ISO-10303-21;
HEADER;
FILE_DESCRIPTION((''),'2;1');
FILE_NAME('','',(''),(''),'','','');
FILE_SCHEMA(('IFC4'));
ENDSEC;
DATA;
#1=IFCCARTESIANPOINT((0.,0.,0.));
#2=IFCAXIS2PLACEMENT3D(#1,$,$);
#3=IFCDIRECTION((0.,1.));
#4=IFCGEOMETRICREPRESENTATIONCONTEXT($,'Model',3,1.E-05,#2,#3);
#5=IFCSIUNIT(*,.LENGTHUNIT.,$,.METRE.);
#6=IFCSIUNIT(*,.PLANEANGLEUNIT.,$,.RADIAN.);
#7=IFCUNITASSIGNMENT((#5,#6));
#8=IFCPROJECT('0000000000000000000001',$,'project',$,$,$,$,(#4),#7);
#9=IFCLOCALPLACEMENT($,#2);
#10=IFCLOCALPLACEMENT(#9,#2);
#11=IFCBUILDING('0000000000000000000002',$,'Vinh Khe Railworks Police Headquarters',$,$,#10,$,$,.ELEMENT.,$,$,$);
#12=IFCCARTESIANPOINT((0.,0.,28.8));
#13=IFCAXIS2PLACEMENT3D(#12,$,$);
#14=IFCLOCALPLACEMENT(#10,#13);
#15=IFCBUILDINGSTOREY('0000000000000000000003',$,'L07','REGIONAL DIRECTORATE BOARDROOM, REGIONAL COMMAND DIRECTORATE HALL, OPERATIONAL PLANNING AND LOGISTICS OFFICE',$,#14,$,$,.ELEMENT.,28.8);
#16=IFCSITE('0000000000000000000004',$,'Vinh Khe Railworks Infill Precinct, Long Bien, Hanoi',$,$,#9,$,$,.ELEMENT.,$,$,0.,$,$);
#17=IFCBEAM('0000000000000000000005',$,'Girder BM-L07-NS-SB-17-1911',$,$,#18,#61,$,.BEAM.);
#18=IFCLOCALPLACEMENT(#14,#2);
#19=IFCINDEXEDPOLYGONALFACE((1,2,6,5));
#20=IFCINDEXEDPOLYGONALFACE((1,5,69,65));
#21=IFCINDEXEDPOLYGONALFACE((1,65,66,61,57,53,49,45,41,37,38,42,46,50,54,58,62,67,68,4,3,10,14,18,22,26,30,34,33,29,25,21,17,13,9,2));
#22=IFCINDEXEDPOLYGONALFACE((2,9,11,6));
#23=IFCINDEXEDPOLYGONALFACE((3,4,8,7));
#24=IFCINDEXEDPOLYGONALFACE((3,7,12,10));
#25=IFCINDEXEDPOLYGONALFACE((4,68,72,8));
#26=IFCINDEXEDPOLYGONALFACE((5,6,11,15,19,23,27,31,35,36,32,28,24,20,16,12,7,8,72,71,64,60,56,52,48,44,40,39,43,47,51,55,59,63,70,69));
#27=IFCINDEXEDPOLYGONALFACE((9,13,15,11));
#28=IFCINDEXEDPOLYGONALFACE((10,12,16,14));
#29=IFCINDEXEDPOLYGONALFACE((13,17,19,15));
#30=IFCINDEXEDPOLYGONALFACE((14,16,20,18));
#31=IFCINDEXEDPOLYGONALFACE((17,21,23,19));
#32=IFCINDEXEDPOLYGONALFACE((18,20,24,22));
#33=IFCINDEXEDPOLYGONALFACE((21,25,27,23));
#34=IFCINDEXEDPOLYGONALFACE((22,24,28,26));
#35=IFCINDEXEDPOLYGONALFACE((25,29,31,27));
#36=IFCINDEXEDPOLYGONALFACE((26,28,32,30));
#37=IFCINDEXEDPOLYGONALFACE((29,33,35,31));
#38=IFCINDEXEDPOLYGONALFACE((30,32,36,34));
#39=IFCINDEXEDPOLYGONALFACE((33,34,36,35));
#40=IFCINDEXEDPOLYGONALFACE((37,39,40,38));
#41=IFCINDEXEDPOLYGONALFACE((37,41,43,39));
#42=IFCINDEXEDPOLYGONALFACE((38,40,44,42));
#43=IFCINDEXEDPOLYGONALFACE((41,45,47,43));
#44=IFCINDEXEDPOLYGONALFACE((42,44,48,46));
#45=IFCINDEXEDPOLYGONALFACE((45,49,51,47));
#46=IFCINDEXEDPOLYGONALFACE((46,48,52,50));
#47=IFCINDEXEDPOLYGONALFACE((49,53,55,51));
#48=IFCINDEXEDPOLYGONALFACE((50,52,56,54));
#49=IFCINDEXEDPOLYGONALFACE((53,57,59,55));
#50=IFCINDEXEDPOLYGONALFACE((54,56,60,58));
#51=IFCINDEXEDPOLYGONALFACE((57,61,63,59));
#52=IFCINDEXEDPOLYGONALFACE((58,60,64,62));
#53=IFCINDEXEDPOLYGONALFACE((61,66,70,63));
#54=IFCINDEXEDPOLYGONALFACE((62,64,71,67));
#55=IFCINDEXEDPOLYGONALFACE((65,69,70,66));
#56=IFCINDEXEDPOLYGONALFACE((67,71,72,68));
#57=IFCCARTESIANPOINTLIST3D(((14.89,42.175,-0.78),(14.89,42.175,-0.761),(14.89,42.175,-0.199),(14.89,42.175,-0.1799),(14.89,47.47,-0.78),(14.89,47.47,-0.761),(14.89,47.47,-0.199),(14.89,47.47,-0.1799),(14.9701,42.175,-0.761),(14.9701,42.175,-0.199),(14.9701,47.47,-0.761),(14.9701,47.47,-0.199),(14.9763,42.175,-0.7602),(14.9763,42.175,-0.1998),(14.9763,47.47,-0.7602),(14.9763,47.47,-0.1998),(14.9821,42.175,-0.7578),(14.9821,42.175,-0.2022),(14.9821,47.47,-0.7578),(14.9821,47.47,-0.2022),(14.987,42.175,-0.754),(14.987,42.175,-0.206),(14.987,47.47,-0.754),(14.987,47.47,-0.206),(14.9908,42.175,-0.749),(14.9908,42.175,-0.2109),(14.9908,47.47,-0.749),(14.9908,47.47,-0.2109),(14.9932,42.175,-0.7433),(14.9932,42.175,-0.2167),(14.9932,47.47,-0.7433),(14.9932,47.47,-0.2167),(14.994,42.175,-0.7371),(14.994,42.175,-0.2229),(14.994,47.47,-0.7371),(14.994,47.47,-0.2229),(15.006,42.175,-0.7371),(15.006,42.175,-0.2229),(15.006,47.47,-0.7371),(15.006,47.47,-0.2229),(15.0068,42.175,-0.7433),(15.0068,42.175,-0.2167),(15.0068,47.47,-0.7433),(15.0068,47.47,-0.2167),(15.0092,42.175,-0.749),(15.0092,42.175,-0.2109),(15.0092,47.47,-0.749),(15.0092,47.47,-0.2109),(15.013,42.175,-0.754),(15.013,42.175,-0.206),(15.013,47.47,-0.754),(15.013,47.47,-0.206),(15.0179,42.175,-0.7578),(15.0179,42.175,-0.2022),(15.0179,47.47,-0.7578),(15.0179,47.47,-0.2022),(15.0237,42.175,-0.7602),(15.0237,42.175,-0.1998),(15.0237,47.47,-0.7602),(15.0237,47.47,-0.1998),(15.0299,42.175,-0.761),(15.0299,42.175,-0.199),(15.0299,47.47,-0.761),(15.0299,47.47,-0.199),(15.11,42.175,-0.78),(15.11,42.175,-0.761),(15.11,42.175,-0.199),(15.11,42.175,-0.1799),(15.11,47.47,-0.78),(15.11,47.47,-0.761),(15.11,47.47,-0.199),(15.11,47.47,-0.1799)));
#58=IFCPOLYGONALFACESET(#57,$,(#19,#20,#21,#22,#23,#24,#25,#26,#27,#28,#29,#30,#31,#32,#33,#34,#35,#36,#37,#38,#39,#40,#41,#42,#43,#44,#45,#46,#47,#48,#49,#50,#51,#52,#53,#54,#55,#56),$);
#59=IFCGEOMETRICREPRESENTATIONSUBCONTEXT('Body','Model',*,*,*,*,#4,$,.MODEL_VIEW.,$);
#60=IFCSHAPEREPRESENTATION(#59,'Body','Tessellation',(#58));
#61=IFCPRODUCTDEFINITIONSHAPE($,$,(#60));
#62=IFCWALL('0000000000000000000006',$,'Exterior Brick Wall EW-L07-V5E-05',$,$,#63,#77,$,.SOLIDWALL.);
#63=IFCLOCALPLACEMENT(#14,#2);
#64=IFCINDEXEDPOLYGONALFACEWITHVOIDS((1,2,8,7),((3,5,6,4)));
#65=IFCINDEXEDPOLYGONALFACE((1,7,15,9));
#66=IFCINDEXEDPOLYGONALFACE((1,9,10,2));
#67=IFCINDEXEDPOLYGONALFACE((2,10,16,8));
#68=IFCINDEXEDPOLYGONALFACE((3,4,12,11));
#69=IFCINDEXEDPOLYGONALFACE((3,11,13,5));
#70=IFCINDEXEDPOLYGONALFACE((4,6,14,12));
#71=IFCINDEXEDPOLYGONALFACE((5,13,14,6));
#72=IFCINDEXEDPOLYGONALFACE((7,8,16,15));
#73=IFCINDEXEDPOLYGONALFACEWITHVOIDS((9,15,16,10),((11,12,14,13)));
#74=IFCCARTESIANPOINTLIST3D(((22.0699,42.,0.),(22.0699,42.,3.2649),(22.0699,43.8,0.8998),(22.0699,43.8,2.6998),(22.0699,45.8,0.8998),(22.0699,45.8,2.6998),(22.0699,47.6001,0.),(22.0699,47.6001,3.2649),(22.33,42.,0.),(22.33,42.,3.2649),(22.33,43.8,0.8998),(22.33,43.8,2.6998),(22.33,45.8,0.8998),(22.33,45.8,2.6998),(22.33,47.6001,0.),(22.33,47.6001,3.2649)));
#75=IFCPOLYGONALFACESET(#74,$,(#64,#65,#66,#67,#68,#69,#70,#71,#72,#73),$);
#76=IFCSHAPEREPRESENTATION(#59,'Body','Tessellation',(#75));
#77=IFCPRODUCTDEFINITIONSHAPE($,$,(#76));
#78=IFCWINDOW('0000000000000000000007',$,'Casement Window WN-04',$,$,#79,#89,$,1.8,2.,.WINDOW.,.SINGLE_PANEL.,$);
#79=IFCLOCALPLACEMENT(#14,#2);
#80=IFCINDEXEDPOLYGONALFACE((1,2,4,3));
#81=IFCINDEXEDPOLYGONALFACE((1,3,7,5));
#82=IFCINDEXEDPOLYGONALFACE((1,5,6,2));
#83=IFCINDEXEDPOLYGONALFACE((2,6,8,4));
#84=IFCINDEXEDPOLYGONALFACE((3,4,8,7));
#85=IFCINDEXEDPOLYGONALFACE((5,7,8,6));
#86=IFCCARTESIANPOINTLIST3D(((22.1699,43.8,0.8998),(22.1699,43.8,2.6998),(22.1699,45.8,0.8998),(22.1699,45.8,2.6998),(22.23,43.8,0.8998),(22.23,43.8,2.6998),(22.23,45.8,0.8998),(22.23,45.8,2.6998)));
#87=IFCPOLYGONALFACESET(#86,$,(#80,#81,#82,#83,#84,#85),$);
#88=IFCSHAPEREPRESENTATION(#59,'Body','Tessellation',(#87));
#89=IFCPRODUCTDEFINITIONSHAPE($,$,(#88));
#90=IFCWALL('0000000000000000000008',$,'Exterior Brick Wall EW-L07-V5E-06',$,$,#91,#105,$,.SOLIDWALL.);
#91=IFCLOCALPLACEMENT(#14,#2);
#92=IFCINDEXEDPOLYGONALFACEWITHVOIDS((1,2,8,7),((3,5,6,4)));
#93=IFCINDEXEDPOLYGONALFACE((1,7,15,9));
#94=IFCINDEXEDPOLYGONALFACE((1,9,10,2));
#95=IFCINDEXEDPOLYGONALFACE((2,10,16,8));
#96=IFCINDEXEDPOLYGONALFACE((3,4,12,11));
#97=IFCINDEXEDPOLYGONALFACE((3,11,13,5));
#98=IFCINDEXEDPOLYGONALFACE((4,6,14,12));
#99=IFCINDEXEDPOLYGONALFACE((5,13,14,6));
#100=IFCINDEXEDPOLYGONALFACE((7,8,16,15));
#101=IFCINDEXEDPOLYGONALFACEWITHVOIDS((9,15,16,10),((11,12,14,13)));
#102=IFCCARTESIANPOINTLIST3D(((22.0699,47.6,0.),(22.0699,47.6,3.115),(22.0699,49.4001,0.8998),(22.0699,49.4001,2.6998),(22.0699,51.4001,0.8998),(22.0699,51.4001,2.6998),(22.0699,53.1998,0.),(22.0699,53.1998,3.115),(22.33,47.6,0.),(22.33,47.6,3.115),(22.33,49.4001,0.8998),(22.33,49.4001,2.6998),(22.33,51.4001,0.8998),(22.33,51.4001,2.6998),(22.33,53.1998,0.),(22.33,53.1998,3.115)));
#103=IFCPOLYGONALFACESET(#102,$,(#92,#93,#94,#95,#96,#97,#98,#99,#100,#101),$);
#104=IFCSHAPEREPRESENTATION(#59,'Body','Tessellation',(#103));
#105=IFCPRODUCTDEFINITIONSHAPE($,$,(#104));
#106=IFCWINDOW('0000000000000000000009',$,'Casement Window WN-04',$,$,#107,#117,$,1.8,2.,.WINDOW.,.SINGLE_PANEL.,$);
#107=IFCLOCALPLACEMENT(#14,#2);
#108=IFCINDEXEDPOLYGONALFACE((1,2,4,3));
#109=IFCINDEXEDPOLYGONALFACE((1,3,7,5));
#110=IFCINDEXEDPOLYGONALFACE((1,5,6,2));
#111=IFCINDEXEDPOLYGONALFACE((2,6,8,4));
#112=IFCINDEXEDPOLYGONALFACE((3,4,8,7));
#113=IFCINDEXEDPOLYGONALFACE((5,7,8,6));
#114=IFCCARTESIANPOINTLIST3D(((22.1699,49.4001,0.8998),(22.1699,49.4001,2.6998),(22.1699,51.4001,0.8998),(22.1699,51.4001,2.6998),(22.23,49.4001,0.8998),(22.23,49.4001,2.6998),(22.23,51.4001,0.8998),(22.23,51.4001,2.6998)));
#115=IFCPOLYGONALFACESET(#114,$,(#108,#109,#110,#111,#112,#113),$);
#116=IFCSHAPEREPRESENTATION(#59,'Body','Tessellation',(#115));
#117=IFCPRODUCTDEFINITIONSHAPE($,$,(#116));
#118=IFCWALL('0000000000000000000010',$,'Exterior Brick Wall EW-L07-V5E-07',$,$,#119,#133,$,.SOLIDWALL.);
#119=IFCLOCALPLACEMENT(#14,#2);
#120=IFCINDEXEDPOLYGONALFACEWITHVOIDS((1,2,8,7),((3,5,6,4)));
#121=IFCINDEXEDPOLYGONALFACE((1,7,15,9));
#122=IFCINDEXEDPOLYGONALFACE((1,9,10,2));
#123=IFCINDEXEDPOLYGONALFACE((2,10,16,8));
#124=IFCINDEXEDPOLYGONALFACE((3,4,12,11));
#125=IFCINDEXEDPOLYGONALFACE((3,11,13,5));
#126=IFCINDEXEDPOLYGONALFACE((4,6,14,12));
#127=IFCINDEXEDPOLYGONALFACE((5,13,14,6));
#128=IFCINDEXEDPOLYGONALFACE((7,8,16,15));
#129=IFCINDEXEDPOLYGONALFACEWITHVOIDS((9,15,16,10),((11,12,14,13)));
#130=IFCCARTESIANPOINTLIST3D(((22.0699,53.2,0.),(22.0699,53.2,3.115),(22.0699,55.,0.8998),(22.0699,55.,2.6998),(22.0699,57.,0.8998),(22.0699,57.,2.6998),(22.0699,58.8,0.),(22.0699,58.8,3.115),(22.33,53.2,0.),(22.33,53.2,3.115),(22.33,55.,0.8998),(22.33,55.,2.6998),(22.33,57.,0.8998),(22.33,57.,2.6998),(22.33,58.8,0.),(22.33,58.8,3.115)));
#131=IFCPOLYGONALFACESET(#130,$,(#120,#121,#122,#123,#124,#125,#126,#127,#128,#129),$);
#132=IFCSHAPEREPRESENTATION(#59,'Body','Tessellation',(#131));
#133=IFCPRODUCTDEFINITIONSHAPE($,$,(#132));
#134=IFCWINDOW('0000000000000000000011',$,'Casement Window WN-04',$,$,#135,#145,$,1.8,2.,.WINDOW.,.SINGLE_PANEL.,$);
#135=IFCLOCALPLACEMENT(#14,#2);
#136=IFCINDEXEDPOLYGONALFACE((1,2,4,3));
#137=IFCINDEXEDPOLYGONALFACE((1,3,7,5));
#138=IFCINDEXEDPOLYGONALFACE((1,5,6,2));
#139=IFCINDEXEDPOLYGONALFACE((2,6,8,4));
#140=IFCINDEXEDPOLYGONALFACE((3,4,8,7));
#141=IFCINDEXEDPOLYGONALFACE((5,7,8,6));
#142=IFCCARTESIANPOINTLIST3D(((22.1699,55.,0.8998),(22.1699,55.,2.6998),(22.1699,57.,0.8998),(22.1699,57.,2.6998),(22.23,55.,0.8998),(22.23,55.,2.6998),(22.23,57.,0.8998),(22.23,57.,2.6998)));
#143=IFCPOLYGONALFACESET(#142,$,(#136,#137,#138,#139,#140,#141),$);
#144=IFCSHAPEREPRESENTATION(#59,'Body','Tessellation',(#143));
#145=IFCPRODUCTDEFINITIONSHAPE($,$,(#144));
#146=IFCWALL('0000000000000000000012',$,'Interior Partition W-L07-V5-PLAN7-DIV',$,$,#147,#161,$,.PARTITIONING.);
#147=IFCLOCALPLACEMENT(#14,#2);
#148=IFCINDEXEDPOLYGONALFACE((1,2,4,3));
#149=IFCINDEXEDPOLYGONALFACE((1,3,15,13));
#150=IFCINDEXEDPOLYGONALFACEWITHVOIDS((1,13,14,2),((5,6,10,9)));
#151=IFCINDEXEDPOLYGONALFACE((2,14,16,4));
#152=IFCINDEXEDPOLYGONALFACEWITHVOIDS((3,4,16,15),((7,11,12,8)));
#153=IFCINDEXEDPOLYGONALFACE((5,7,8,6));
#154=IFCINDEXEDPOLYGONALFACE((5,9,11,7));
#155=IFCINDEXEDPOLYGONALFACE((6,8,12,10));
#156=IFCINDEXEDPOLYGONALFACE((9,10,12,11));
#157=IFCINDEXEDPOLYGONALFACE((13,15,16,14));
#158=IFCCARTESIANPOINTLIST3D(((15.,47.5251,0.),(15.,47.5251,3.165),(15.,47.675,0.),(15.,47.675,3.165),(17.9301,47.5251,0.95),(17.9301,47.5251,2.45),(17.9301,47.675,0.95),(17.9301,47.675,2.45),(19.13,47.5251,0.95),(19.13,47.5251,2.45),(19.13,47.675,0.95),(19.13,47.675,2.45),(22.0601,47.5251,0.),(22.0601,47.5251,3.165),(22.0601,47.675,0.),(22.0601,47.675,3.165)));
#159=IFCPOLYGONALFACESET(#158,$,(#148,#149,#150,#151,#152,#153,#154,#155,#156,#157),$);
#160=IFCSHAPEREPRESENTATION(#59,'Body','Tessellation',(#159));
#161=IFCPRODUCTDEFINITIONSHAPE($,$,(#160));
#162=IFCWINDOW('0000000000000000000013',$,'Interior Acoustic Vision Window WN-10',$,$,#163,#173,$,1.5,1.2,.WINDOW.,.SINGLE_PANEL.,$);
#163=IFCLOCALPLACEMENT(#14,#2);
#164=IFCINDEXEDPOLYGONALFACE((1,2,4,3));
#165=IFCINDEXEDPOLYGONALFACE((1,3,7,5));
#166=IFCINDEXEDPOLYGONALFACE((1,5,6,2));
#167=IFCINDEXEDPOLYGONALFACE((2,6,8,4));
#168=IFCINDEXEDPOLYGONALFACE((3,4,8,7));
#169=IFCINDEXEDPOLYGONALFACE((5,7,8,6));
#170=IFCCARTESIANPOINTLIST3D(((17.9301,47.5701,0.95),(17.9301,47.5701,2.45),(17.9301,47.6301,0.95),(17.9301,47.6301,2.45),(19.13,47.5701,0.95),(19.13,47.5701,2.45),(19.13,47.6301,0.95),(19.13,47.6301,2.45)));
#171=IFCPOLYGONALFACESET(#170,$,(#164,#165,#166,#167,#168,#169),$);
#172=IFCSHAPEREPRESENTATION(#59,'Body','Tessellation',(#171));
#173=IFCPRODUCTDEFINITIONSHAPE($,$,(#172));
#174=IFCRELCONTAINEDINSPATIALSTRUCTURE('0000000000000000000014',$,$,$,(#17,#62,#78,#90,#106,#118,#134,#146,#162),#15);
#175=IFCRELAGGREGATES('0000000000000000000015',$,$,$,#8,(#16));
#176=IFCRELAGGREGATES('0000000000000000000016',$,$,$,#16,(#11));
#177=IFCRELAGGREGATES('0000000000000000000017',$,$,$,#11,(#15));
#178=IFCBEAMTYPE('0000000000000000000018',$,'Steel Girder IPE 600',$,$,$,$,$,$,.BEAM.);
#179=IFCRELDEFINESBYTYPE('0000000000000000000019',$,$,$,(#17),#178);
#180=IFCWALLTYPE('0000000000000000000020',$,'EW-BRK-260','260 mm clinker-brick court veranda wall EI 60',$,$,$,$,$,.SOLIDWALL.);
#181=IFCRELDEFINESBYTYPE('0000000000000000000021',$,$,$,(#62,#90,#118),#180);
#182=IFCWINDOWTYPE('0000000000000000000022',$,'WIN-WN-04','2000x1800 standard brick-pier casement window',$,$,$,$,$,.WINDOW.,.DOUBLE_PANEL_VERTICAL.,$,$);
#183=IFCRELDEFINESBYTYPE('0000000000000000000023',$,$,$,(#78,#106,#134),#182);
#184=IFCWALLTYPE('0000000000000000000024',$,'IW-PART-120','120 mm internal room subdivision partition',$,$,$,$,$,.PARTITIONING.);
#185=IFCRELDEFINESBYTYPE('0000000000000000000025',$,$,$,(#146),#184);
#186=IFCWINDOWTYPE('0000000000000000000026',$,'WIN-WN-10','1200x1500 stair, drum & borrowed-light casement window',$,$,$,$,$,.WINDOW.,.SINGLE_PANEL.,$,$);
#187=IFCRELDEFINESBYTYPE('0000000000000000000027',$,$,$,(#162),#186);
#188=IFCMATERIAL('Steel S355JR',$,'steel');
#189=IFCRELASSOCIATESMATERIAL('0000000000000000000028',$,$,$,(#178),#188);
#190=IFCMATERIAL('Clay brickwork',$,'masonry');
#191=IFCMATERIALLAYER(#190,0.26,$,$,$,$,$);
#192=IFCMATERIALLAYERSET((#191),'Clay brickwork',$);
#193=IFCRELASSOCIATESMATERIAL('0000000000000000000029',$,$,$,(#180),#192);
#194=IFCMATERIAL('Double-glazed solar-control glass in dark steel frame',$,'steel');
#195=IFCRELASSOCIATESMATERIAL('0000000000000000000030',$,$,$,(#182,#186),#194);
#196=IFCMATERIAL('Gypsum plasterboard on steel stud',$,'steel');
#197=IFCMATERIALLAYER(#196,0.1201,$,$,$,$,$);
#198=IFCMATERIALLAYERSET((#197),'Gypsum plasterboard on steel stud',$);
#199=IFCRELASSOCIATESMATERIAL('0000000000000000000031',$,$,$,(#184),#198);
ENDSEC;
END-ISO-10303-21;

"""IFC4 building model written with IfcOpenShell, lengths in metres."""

from ifc_helpers import new_model, si_unit, direction, frame, frame_2d, origin, origin_2d, place, context, subcontext, project, spatial, rectangle, i_section, extrude, material, layer, layer_set, material_profile, profile_set, type_object, element, fill, save


model = new_model("IFC4")

# Units and contexts
model_context = context("Model", 3, precision=1e-05, world=origin(), true_north=direction((0.0, 1.0)))
body_context = subcontext(model_context, "Body", "Model", "MODEL_VIEW")
ifc_project = project(units=[si_unit("LENGTHUNIT", "METRE"), si_unit("PLANEANGLEUNIT", "RADIAN")], contexts=[model_context])

# Site, building, storey
site_placement = place(None, origin())
site = spatial("IfcSite", under=ifc_project, at=site_placement, Name="Vinh Khe Railworks Infill Precinct, Long Bien, Hanoi", CompositionType="ELEMENT", RefElevation=0.0)
building_placement = place(site_placement, origin())
building = spatial("IfcBuilding", under=site, at=building_placement, Name="Vinh Khe Railworks Police Headquarters", CompositionType="ELEMENT")
storey_placement = place(building_placement, frame((0.0, 0.0, 28.8)))
storey = spatial("IfcBuildingStorey", under=building, at=storey_placement, Name="L07", Description="REGIONAL DIRECTORATE BOARDROOM, REGIONAL COMMAND DIRECTORATE HALL, OPERATIONAL PLANNING AND LOGISTICS OFFICE", CompositionType="ELEMENT", Elevation=28.8)

# Shared definitions
ifc_material_1 = material(Name="Steel S355JR", Category="steel")

# Beam
ifc_material_profile_1 = material_profile(ifc_material_1, i_section(OverallWidth=0.22, OverallDepth=0.6001, WebThickness=0.012, FlangeThickness=0.019, FilletRadius=0.0239, at=origin_2d()), Name="IPE 600")
ifc_profile_set_1 = profile_set([ifc_material_profile_1], Name="Steel S355JR")
beam_type_1 = type_object("IfcBeamType", Name="Steel Girder IPE 600", PredefinedType="BEAM", material=ifc_profile_set_1)
beam_1_placement = place(storey_placement, frame((15.0, 42.175, -0.48), z_axis=(0.0, 1.0, 0.0), x_axis=(-1.0, 0.0, 0.0)))
element("IfcBeam", 1, at=beam_1_placement, inside=storey, type_object=beam_type_1, Name="Girder BM-L07-NS-SB-17-1911", PredefinedType="BEAM", context=body_context, shape_type="SweptSolid", body=[
    extrude(i_section(OverallWidth=0.22, OverallDepth=0.6001, WebThickness=0.012, FlangeThickness=0.019, FilletRadius=0.0239, at=origin_2d()), origin(), (0.0, 0.0, 1.0), 5.2949),
])

# Walls, openings, windows
ifc_material_2 = material(Name="Clay brickwork", Category="masonry")
ifc_layer_1 = layer(ifc_material_2, 0.26)
ifc_layer_set_1 = layer_set([ifc_layer_1], Name="Clay brickwork")
wall_type_1 = type_object("IfcWallType", Name="EW-BRK-260", Description="260 mm clinker-brick court veranda wall EI 60", PredefinedType="SOLIDWALL", material=ifc_layer_set_1)
wall_1_placement = place(storey_placement, frame((22.2, 42.0, 0.0), z_axis=(0.0, 0.0, 1.0), x_axis=(0.0, 1.0, 0.0)))
wall_1 = element("IfcWall", 2, at=wall_1_placement, inside=storey, type_object=wall_type_1, Name="Exterior Brick Wall EW-L07-V5E-05", PredefinedType="SOLIDWALL", context=body_context, shape_type="SweptSolid", body=[
    extrude(rectangle(XDim=5.6001, YDim=0.26, at=frame_2d((2.8, 0.0))), origin(), (0.0, 0.0, 1.0), 3.2649),
])
opening_1_placement = place(wall_1_placement, frame((1.8, 0.0, 0.8999)))
opening_1 = element("IfcOpeningElement", 3, at=opening_1_placement, cuts=wall_1, PredefinedType="OPENING", context=body_context, shape_type="SweptSolid", body=[
    extrude(rectangle(XDim=2.0, YDim=1.8, at=frame_2d((1.0, 0.8999))), frame((0.0, 0.145, 0.0), z_axis=(0.0, -1.0, 0.0), x_axis=(1.0, 0.0, 0.0)), (0.0, 0.0, 1.0), 0.2898),
])
ifc_material_3 = material(Name="Double-glazed solar-control glass in dark steel frame", Category="steel")
window_type_1 = type_object("IfcWindowType", Name="WIN-WN-04", Description="2000x1800 standard brick-pier casement window", PartitioningType="DOUBLE_PANEL_VERTICAL", PredefinedType="WINDOW", material=ifc_material_3)
window_1_placement = place(opening_1_placement, origin())
window_1 = element("IfcWindow", 4, at=window_1_placement, inside=storey, type_object=window_type_1, Name="Casement Window WN-04", OverallHeight=1.8, OverallWidth=2.0, PartitioningType="SINGLE_PANEL", PredefinedType="WINDOW", context=body_context, shape_type="SweptSolid", body=[
    extrude(rectangle(XDim=2.0, YDim=1.8, at=frame_2d((1.0, 0.8999))), frame((0.0, 0.03, 0.0), z_axis=(0.0, -1.0, 0.0), x_axis=(1.0, 0.0, 0.0)), (0.0, 0.0, 1.0), 0.0601),
])
fill(opening_1, window_1)
wall_2_placement = place(storey_placement, frame((22.2, 47.6001, 0.0), z_axis=(0.0, 0.0, 1.0), x_axis=(0.0, 1.0, 0.0)))
wall_2 = element("IfcWall", 5, at=wall_2_placement, inside=storey, type_object=wall_type_1, Name="Exterior Brick Wall EW-L07-V5E-06", PredefinedType="SOLIDWALL", context=body_context, shape_type="SweptSolid", body=[
    extrude(rectangle(XDim=5.5999, YDim=0.26, at=frame_2d((2.7998, 0.0))), origin(), (0.0, 0.0, 1.0), 3.115),
])
opening_2_placement = place(wall_2_placement, frame((1.8, 0.0, 0.8999)))
opening_2 = element("IfcOpeningElement", 6, at=opening_2_placement, cuts=wall_2, PredefinedType="OPENING", context=body_context, shape_type="SweptSolid", body=[
    extrude(rectangle(XDim=2.0, YDim=1.8, at=frame_2d((1.0, 0.8999))), frame((0.0, 0.145, 0.0), z_axis=(0.0, -1.0, 0.0), x_axis=(1.0, 0.0, 0.0)), (0.0, 0.0, 1.0), 0.2898),
])
window_2_placement = place(opening_2_placement, origin())
window_2 = element("IfcWindow", 7, at=window_2_placement, inside=storey, type_object=window_type_1, Name="Casement Window WN-04", OverallHeight=1.8, OverallWidth=2.0, PartitioningType="SINGLE_PANEL", PredefinedType="WINDOW", context=body_context, shape_type="SweptSolid", body=[
    extrude(rectangle(XDim=2.0, YDim=1.8, at=frame_2d((1.0, 0.8999))), frame((0.0, 0.03, 0.0), z_axis=(0.0, -1.0, 0.0), x_axis=(1.0, 0.0, 0.0)), (0.0, 0.0, 1.0), 0.0601),
])
fill(opening_2, window_2)
wall_3_placement = place(storey_placement, frame((22.2, 53.2, 0.0), z_axis=(0.0, 0.0, 1.0), x_axis=(0.0, 1.0, 0.0)))
wall_3 = element("IfcWall", 8, at=wall_3_placement, inside=storey, type_object=wall_type_1, Name="Exterior Brick Wall EW-L07-V5E-07", PredefinedType="SOLIDWALL", context=body_context, shape_type="SweptSolid", body=[
    extrude(rectangle(XDim=5.6001, YDim=0.26, at=frame_2d((2.8, 0.0))), origin(), (0.0, 0.0, 1.0), 3.115),
])
opening_3_placement = place(wall_3_placement, frame((1.8, 0.0, 0.8999)))
opening_3 = element("IfcOpeningElement", 9, at=opening_3_placement, cuts=wall_3, PredefinedType="OPENING", context=body_context, shape_type="SweptSolid", body=[
    extrude(rectangle(XDim=2.0, YDim=1.8, at=frame_2d((1.0, 0.8999))), frame((0.0, 0.145, 0.0), z_axis=(0.0, -1.0, 0.0), x_axis=(1.0, 0.0, 0.0)), (0.0, 0.0, 1.0), 0.2898),
])
window_3_placement = place(opening_3_placement, origin())
window_3 = element("IfcWindow", 10, at=window_3_placement, inside=storey, type_object=window_type_1, Name="Casement Window WN-04", OverallHeight=1.8, OverallWidth=2.0, PartitioningType="SINGLE_PANEL", PredefinedType="WINDOW", context=body_context, shape_type="SweptSolid", body=[
    extrude(rectangle(XDim=2.0, YDim=1.8, at=frame_2d((1.0, 0.8999))), frame((0.0, 0.03, 0.0), z_axis=(0.0, -1.0, 0.0), x_axis=(1.0, 0.0, 0.0)), (0.0, 0.0, 1.0), 0.0601),
])
fill(opening_3, window_3)
ifc_material_4 = material(Name="Gypsum plasterboard on steel stud", Category="steel")
ifc_layer_2 = layer(ifc_material_4, 0.1201)
ifc_layer_set_2 = layer_set([ifc_layer_2], Name="Gypsum plasterboard on steel stud")
wall_type_2 = type_object("IfcWallType", Name="IW-PART-120", Description="120 mm internal room subdivision partition", PredefinedType="PARTITIONING", material=ifc_layer_set_2)
wall_4_placement = place(storey_placement, frame((15.0, 47.6001, 0.0), z_axis=(0.0, 0.0, 1.0), x_axis=(1.0, 0.0, 0.0)))
wall_4 = element("IfcWall", 11, at=wall_4_placement, inside=storey, type_object=wall_type_2, Name="Interior Partition W-L07-V5-PLAN7-DIV", PredefinedType="PARTITIONING", context=body_context, shape_type="SweptSolid", body=[
    extrude(rectangle(XDim=7.0601, YDim=0.1499, at=frame_2d((3.53, 0.0))), origin(), (0.0, 0.0, 1.0), 3.165),
])
opening_4_placement = place(wall_4_placement, frame((2.9299, 0.0, 0.95)))
opening_4 = element("IfcOpeningElement", 12, at=opening_4_placement, cuts=wall_4, PredefinedType="OPENING", context=body_context, shape_type="SweptSolid", body=[
    extrude(rectangle(XDim=1.2, YDim=1.5, at=frame_2d((0.6001, 0.75))), frame((0.0, 0.0898, 0.0), z_axis=(0.0, -1.0, 0.0), x_axis=(1.0, 0.0, 0.0)), (0.0, 0.0, 1.0), 0.1797),
])
window_type_2 = type_object("IfcWindowType", Name="WIN-WN-10", Description="1200x1500 stair, drum & borrowed-light casement window", PartitioningType="SINGLE_PANEL", PredefinedType="WINDOW", material=ifc_material_3)
window_4_placement = place(opening_4_placement, origin())
window_4 = element("IfcWindow", 13, at=window_4_placement, inside=storey, type_object=window_type_2, Name="Interior Acoustic Vision Window WN-10", OverallHeight=1.5, OverallWidth=1.2, PartitioningType="SINGLE_PANEL", PredefinedType="WINDOW", context=body_context, shape_type="SweptSolid", body=[
    extrude(rectangle(XDim=1.2, YDim=1.5, at=frame_2d((0.6001, 0.75))), frame((0.0, 0.03, 0.0), z_axis=(0.0, -1.0, 0.0), x_axis=(1.0, 0.0, 0.0)), (0.0, 0.0, 1.0), 0.0601),
])
fill(opening_4, window_4)

save(model, "model.ifc")
